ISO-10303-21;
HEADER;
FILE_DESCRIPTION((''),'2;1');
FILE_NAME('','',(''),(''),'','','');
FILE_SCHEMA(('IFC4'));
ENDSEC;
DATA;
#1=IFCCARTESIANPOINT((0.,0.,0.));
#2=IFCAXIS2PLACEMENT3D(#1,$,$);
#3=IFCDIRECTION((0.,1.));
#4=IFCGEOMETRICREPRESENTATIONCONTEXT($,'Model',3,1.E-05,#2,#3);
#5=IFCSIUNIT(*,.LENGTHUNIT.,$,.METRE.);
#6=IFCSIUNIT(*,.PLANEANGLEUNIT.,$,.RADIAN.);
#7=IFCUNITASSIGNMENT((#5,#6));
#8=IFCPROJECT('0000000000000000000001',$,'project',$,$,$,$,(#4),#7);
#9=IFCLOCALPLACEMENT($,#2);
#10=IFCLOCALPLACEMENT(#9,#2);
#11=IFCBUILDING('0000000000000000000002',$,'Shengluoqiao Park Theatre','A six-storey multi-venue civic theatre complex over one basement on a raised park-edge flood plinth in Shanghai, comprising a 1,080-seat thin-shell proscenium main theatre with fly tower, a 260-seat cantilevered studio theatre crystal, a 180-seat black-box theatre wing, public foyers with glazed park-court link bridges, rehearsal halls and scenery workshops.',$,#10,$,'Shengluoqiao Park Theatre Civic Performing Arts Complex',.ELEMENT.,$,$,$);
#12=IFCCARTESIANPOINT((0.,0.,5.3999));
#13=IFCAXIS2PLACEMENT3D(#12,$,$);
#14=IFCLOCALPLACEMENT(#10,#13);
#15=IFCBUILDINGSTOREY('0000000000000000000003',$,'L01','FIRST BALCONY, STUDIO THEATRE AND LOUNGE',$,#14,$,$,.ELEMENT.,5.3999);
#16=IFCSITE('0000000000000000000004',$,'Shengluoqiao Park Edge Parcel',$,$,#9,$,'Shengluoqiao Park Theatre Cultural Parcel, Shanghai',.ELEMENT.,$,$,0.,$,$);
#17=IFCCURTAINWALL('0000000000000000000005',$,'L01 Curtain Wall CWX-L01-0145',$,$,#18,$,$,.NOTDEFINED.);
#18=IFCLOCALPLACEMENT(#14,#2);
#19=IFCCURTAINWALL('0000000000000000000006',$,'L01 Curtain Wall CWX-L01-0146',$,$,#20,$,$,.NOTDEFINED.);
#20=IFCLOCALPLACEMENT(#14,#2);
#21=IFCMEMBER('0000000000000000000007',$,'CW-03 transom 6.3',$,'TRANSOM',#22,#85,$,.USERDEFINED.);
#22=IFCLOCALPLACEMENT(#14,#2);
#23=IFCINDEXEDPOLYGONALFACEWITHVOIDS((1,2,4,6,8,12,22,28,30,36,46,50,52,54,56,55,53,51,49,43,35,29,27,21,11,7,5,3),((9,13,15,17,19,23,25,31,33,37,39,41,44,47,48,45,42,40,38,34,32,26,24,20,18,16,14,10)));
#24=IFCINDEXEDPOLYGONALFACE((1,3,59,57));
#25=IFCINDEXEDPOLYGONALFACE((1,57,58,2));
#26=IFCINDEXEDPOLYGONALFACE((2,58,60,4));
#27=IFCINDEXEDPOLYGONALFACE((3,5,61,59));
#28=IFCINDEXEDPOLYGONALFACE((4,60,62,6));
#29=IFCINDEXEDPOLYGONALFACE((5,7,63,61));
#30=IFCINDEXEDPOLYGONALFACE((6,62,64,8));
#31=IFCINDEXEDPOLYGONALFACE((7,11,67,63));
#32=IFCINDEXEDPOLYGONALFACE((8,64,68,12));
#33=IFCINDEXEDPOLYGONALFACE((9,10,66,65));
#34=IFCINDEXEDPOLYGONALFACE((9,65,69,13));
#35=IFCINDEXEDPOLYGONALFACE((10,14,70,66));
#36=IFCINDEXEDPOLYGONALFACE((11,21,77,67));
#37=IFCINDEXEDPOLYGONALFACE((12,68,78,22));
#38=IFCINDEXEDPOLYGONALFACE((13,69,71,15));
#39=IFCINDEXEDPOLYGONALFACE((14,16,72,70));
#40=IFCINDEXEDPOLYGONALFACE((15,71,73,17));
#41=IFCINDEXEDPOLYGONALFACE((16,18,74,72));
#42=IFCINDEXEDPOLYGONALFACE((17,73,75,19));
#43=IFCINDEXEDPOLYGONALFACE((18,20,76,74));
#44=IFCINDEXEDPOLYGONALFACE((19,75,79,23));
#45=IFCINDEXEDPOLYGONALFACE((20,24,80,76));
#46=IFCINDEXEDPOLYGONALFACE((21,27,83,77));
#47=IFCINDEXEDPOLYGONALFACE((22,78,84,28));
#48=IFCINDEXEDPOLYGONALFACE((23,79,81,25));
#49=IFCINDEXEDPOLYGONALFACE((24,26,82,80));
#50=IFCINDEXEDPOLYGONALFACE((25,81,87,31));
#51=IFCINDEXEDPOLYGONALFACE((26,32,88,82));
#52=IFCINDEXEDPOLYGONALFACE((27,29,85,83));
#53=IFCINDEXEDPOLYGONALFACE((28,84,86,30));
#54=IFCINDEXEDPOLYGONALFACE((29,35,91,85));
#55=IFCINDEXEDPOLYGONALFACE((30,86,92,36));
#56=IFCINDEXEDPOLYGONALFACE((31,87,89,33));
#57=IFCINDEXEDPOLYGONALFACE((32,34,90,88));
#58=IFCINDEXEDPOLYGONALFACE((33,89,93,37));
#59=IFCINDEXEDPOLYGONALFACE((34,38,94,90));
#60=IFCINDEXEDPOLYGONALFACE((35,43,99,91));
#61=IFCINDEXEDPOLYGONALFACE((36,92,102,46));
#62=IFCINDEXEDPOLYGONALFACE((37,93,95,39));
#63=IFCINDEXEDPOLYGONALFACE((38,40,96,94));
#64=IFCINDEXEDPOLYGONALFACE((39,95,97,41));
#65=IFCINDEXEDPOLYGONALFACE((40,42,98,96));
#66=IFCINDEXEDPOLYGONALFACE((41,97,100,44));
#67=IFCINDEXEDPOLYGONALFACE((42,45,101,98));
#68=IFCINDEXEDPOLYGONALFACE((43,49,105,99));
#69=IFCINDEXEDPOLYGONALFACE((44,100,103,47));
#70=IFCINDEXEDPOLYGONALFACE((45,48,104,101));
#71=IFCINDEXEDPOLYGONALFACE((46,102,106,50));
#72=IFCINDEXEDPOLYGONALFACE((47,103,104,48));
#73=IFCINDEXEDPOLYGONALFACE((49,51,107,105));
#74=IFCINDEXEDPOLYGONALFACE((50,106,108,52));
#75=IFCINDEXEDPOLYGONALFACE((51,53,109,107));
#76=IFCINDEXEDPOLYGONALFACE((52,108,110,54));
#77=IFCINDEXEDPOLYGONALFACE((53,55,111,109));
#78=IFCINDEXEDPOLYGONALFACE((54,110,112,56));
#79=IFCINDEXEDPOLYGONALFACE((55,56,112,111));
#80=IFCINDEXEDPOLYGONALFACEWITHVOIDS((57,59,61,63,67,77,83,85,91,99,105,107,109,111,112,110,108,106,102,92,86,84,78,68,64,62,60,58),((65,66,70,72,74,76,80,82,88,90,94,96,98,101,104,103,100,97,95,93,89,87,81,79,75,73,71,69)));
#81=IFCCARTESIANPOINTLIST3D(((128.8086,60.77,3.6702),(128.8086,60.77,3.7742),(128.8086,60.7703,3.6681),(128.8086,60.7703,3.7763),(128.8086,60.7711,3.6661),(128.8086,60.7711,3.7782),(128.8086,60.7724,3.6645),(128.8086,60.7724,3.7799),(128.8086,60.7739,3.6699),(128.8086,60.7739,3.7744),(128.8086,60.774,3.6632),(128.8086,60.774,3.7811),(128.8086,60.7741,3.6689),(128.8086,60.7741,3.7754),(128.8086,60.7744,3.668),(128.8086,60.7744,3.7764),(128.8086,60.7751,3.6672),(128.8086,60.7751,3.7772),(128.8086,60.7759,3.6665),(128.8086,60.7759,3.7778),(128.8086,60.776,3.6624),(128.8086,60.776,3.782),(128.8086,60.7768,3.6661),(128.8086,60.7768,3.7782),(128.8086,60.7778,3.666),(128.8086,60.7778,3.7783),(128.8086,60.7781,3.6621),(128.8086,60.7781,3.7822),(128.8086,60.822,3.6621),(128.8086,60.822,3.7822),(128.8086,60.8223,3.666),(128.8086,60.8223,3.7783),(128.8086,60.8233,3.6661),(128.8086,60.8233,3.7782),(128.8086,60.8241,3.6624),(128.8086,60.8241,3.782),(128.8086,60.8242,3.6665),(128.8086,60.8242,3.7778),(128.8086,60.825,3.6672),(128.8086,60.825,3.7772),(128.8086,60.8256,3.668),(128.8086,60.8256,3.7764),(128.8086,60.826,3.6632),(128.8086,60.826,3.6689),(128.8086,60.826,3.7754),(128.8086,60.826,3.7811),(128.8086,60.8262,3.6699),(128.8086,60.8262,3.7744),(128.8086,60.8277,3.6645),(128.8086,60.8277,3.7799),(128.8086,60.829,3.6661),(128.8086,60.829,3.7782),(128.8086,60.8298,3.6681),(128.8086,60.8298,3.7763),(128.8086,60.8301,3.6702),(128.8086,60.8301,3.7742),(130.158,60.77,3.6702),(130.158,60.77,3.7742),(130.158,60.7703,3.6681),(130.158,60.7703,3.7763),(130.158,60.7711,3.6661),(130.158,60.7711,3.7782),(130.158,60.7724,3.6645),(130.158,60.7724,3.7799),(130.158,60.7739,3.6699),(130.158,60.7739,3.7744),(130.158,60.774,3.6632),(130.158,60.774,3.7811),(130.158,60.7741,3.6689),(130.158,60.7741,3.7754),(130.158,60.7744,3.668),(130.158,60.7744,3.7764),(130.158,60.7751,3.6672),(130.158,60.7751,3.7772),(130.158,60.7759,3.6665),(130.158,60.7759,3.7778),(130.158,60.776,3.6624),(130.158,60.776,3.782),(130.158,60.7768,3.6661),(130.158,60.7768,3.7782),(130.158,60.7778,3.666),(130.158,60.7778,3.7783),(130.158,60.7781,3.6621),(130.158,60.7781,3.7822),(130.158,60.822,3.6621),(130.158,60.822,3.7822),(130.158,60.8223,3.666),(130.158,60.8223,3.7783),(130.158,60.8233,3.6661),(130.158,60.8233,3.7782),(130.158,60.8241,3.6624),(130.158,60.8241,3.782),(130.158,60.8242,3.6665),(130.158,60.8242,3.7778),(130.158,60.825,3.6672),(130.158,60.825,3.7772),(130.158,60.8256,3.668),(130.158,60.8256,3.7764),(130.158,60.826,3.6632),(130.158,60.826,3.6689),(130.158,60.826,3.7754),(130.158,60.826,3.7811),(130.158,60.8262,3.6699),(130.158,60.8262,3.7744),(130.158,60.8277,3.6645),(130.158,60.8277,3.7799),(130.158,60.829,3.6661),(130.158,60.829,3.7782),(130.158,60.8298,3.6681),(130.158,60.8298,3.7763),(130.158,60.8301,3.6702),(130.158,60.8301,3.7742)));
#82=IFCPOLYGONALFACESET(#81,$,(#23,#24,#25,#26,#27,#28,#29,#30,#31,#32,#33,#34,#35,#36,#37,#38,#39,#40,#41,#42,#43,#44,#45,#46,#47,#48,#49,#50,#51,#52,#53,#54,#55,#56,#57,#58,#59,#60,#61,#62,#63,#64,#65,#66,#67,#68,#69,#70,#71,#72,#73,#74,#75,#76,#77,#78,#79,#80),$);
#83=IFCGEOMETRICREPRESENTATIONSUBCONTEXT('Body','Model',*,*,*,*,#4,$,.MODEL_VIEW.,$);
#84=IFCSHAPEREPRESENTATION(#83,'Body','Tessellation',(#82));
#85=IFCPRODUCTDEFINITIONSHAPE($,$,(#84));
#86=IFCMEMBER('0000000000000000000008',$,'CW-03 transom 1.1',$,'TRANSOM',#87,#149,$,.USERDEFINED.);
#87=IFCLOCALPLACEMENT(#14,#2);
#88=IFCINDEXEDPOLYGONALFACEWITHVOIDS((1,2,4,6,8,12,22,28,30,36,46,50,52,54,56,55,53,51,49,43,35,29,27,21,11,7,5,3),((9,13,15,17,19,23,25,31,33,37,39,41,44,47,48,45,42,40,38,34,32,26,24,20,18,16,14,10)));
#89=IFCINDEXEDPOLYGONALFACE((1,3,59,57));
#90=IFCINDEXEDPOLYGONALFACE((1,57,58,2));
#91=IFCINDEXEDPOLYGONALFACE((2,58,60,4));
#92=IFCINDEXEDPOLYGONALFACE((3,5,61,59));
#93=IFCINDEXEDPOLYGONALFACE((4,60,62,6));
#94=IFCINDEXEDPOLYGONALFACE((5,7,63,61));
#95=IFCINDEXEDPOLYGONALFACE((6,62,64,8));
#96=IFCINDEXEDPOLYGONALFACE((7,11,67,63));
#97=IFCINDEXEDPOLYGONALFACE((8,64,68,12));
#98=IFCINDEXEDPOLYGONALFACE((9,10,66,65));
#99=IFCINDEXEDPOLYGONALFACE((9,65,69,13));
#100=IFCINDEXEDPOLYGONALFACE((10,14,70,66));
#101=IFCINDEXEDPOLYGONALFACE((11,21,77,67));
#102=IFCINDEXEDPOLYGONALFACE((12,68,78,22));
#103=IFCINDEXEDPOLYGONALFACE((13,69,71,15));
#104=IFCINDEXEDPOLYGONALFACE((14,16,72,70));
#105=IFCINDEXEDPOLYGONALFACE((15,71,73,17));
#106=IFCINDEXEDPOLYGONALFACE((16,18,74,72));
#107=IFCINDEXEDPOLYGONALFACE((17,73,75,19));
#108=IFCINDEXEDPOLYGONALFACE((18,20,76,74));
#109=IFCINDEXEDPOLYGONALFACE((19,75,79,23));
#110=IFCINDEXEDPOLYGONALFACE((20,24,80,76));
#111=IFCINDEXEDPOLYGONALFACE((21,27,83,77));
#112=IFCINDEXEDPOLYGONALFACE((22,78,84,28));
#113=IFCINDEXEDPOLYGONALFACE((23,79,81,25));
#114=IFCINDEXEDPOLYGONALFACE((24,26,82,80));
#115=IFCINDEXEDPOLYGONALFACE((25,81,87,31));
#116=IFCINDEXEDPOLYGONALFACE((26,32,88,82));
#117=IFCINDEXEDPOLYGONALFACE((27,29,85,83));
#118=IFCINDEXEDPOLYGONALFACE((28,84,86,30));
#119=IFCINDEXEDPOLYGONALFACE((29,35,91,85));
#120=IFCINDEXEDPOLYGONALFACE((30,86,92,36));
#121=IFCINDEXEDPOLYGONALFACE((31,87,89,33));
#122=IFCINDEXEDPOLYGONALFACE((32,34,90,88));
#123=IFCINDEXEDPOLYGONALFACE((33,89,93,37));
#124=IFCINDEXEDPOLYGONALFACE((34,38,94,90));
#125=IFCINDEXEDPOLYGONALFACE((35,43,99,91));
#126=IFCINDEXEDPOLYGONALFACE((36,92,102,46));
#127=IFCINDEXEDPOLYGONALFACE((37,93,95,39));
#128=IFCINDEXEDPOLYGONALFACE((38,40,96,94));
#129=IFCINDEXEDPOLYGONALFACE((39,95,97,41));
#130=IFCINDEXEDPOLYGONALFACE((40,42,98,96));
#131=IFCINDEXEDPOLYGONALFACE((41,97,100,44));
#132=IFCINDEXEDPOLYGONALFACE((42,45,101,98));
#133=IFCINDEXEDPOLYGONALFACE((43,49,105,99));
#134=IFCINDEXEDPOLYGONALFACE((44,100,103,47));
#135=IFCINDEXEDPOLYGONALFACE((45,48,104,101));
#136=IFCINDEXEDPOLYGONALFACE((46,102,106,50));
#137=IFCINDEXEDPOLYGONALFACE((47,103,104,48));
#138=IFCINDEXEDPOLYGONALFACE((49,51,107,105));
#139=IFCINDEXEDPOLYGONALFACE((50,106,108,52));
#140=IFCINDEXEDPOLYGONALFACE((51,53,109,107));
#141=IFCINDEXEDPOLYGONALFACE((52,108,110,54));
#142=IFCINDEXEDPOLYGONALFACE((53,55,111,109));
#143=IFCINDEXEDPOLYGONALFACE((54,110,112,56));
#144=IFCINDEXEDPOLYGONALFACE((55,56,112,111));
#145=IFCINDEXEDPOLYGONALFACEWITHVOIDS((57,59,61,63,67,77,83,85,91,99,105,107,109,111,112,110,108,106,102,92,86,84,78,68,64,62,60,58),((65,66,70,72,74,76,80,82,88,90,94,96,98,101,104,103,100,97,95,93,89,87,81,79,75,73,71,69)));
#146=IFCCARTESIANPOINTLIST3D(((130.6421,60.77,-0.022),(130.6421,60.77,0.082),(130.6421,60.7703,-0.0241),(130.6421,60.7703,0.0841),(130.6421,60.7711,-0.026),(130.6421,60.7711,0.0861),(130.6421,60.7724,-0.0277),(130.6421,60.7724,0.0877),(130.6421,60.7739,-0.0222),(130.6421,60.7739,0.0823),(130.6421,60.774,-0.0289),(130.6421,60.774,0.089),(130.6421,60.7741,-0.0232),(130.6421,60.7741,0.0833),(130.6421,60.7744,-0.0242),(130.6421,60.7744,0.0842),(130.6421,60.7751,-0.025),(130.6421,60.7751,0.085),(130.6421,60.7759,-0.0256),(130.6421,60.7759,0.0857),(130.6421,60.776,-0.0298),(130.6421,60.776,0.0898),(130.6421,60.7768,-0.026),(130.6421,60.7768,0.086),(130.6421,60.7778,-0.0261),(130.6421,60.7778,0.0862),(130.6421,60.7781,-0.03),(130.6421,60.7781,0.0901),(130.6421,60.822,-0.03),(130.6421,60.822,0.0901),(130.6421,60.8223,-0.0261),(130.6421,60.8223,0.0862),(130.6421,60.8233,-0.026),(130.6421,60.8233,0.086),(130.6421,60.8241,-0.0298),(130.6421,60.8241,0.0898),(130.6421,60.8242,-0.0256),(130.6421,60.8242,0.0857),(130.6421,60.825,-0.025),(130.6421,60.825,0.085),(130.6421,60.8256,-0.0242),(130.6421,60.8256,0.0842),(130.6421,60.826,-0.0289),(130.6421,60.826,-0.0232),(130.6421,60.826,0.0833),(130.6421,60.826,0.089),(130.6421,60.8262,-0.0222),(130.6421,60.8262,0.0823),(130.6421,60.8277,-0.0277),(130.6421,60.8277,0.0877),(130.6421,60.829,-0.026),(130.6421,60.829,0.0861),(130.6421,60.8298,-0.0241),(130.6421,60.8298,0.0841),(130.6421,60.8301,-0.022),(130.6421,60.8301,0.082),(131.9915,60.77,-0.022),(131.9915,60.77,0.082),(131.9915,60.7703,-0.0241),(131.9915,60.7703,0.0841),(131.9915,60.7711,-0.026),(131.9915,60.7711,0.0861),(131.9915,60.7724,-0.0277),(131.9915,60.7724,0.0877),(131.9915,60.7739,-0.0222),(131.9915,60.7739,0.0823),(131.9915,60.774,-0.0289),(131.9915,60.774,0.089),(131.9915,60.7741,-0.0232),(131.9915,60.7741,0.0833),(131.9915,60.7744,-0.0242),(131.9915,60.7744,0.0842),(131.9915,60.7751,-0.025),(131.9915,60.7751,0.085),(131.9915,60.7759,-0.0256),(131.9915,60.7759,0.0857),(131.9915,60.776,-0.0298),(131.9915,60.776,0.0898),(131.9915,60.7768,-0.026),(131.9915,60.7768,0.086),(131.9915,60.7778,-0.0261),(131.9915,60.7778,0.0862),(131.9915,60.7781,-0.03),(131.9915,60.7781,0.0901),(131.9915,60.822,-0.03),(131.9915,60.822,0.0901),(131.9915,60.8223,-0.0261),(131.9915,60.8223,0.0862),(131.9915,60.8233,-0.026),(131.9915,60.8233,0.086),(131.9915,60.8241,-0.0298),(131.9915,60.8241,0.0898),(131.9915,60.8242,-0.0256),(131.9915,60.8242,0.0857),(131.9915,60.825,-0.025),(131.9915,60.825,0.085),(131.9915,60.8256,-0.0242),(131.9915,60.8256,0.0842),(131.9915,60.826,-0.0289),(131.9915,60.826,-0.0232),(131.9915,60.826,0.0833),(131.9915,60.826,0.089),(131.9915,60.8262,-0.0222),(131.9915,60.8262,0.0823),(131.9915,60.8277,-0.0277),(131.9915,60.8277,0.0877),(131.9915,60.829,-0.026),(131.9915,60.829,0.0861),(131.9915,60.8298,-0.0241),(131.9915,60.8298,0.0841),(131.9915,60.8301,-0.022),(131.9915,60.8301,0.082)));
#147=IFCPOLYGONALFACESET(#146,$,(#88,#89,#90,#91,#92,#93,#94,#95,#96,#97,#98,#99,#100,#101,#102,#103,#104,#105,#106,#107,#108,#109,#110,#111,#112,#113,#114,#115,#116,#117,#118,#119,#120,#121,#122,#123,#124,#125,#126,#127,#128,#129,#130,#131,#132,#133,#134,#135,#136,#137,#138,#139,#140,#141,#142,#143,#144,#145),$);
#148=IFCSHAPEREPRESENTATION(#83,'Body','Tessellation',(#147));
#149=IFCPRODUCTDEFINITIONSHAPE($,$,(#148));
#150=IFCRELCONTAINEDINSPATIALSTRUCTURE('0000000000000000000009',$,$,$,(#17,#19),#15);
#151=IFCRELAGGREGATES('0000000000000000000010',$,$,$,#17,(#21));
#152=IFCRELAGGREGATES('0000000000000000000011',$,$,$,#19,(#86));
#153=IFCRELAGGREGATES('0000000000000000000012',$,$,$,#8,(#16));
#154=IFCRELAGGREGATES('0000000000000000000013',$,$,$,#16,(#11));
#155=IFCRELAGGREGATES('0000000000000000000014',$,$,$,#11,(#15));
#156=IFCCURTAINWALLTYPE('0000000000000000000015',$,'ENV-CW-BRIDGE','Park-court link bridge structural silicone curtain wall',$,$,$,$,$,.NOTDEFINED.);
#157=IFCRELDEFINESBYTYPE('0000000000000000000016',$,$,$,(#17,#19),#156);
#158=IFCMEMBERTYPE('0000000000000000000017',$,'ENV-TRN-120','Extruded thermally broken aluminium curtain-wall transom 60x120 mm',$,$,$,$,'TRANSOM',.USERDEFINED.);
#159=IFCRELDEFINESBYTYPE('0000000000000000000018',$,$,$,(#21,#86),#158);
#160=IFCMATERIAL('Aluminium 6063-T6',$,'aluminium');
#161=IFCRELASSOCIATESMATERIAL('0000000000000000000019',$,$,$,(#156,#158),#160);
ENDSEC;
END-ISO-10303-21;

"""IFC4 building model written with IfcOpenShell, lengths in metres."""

from ifc_helpers import new_model, si_unit, direction, frame, origin, origin_2d, place, context, subcontext, project, spatial, hollow_rectangle, extrude, material, material_profile, profile_set, type_object, element, aggregate, save


model = new_model("IFC4")

# Units and contexts
model_context = context("Model", 3, precision=1e-05, world=origin(), true_north=direction((0.0, 1.0)))
body_context = subcontext(model_context, "Body", "Model", "MODEL_VIEW")
ifc_project = project(units=[si_unit("LENGTHUNIT", "METRE"), si_unit("PLANEANGLEUNIT", "RADIAN")], contexts=[model_context])

# Site, building, storey
site_placement = place(None, origin())
site = spatial("IfcSite", under=ifc_project, at=site_placement, Name="Shengluoqiao Park Edge Parcel", LongName="Shengluoqiao Park Theatre Cultural Parcel, Shanghai", CompositionType="ELEMENT", RefElevation=0.0)
building_placement = place(site_placement, origin())
building = spatial("IfcBuilding", under=site, at=building_placement, Name="Shengluoqiao Park Theatre", Description="A six-storey multi-venue civic theatre complex over one basement on a raised park-edge flood plinth in Shanghai, comprising a 1,080-seat thin-shell proscenium main theatre with fly tower, a 260-seat cantilevered studio theatre crystal, a 180-seat black-box theatre wing, public foyers with glazed park-court link bridges, rehearsal halls and scenery workshops.", LongName="Shengluoqiao Park Theatre Civic Performing Arts Complex", CompositionType="ELEMENT")
storey_placement = place(building_placement, frame((0.0, 0.0, 5.3999)))
storey = spatial("IfcBuildingStorey", under=building, at=storey_placement, Name="L01", Description="FIRST BALCONY, STUDIO THEATRE AND LOUNGE", CompositionType="ELEMENT", Elevation=5.3999)

# Curtain wall
ifc_material_1 = material(Name="Aluminium 6063-T6", Category="aluminium")
curtain_wall_type = type_object("IfcCurtainWallType", Name="ENV-CW-BRIDGE", Description="Park-court link bridge structural silicone curtain wall", PredefinedType="NOTDEFINED", material=ifc_material_1)
curtain_wall_1_placement = place(storey_placement, origin())
curtain_wall_1 = element("IfcCurtainWall", 1, at=curtain_wall_1_placement, inside=storey, type_object=curtain_wall_type, Name="L01 Curtain Wall CWX-L01-0145", PredefinedType="NOTDEFINED")

# Curtain wall
curtain_wall_2_placement = place(storey_placement, origin())
curtain_wall_2 = element("IfcCurtainWall", 2, at=curtain_wall_2_placement, inside=storey, type_object=curtain_wall_type, Name="L01 Curtain Wall CWX-L01-0146", PredefinedType="NOTDEFINED")

# Members
ifc_material_profile_1 = material_profile(ifc_material_1, hollow_rectangle(XDim=0.0601, YDim=0.1201, WallThickness=0.0039, InnerFilletRadius=0.0039, OuterFilletRadius=0.0081, at=origin_2d()), Name="ALU TRANSOM 120x60x4")
ifc_profile_set_1 = profile_set([ifc_material_profile_1], Name="Aluminium 6063-T6")
member_type_1 = type_object("IfcMemberType", Name="ENV-TRN-120", Description="Extruded thermally broken aluminium curtain-wall transom 60x120 mm", ElementType="TRANSOM", PredefinedType="USERDEFINED", material=ifc_profile_set_1)
member_1_placement = place(storey_placement, frame((128.8086, 60.8, 3.7222), z_axis=(1.0, 0.0, 0.0), x_axis=(0.0, 1.0, 0.0)))
member_1 = element("IfcMember", 3, at=member_1_placement, type_object=member_type_1, Name="CW-03 transom 6.3", ObjectType="TRANSOM", PredefinedType="USERDEFINED", context=body_context, shape_type="SweptSolid", body=[
    extrude(hollow_rectangle(XDim=0.0601, YDim=0.1201, WallThickness=0.0039, InnerFilletRadius=0.0039, OuterFilletRadius=0.0081, at=origin_2d()), origin(), (0.0, 0.0, 1.0), 1.3494),
])
member_2_placement = place(storey_placement, frame((130.6421, 60.8, 0.03), z_axis=(1.0, 0.0, 0.0), x_axis=(0.0, 1.0, 0.0)))
member_2 = element("IfcMember", 4, at=member_2_placement, type_object=member_type_1, Name="CW-03 transom 1.1", ObjectType="TRANSOM", PredefinedType="USERDEFINED", context=body_context, shape_type="SweptSolid", body=[
    extrude(hollow_rectangle(XDim=0.0601, YDim=0.1201, WallThickness=0.0039, InnerFilletRadius=0.0039, OuterFilletRadius=0.0081, at=origin_2d()), origin(), (0.0, 0.0, 1.0), 1.3494),
])

aggregate(curtain_wall_1, [member_1])
aggregate(curtain_wall_2, [member_2])

save(model, "model.ifc")
